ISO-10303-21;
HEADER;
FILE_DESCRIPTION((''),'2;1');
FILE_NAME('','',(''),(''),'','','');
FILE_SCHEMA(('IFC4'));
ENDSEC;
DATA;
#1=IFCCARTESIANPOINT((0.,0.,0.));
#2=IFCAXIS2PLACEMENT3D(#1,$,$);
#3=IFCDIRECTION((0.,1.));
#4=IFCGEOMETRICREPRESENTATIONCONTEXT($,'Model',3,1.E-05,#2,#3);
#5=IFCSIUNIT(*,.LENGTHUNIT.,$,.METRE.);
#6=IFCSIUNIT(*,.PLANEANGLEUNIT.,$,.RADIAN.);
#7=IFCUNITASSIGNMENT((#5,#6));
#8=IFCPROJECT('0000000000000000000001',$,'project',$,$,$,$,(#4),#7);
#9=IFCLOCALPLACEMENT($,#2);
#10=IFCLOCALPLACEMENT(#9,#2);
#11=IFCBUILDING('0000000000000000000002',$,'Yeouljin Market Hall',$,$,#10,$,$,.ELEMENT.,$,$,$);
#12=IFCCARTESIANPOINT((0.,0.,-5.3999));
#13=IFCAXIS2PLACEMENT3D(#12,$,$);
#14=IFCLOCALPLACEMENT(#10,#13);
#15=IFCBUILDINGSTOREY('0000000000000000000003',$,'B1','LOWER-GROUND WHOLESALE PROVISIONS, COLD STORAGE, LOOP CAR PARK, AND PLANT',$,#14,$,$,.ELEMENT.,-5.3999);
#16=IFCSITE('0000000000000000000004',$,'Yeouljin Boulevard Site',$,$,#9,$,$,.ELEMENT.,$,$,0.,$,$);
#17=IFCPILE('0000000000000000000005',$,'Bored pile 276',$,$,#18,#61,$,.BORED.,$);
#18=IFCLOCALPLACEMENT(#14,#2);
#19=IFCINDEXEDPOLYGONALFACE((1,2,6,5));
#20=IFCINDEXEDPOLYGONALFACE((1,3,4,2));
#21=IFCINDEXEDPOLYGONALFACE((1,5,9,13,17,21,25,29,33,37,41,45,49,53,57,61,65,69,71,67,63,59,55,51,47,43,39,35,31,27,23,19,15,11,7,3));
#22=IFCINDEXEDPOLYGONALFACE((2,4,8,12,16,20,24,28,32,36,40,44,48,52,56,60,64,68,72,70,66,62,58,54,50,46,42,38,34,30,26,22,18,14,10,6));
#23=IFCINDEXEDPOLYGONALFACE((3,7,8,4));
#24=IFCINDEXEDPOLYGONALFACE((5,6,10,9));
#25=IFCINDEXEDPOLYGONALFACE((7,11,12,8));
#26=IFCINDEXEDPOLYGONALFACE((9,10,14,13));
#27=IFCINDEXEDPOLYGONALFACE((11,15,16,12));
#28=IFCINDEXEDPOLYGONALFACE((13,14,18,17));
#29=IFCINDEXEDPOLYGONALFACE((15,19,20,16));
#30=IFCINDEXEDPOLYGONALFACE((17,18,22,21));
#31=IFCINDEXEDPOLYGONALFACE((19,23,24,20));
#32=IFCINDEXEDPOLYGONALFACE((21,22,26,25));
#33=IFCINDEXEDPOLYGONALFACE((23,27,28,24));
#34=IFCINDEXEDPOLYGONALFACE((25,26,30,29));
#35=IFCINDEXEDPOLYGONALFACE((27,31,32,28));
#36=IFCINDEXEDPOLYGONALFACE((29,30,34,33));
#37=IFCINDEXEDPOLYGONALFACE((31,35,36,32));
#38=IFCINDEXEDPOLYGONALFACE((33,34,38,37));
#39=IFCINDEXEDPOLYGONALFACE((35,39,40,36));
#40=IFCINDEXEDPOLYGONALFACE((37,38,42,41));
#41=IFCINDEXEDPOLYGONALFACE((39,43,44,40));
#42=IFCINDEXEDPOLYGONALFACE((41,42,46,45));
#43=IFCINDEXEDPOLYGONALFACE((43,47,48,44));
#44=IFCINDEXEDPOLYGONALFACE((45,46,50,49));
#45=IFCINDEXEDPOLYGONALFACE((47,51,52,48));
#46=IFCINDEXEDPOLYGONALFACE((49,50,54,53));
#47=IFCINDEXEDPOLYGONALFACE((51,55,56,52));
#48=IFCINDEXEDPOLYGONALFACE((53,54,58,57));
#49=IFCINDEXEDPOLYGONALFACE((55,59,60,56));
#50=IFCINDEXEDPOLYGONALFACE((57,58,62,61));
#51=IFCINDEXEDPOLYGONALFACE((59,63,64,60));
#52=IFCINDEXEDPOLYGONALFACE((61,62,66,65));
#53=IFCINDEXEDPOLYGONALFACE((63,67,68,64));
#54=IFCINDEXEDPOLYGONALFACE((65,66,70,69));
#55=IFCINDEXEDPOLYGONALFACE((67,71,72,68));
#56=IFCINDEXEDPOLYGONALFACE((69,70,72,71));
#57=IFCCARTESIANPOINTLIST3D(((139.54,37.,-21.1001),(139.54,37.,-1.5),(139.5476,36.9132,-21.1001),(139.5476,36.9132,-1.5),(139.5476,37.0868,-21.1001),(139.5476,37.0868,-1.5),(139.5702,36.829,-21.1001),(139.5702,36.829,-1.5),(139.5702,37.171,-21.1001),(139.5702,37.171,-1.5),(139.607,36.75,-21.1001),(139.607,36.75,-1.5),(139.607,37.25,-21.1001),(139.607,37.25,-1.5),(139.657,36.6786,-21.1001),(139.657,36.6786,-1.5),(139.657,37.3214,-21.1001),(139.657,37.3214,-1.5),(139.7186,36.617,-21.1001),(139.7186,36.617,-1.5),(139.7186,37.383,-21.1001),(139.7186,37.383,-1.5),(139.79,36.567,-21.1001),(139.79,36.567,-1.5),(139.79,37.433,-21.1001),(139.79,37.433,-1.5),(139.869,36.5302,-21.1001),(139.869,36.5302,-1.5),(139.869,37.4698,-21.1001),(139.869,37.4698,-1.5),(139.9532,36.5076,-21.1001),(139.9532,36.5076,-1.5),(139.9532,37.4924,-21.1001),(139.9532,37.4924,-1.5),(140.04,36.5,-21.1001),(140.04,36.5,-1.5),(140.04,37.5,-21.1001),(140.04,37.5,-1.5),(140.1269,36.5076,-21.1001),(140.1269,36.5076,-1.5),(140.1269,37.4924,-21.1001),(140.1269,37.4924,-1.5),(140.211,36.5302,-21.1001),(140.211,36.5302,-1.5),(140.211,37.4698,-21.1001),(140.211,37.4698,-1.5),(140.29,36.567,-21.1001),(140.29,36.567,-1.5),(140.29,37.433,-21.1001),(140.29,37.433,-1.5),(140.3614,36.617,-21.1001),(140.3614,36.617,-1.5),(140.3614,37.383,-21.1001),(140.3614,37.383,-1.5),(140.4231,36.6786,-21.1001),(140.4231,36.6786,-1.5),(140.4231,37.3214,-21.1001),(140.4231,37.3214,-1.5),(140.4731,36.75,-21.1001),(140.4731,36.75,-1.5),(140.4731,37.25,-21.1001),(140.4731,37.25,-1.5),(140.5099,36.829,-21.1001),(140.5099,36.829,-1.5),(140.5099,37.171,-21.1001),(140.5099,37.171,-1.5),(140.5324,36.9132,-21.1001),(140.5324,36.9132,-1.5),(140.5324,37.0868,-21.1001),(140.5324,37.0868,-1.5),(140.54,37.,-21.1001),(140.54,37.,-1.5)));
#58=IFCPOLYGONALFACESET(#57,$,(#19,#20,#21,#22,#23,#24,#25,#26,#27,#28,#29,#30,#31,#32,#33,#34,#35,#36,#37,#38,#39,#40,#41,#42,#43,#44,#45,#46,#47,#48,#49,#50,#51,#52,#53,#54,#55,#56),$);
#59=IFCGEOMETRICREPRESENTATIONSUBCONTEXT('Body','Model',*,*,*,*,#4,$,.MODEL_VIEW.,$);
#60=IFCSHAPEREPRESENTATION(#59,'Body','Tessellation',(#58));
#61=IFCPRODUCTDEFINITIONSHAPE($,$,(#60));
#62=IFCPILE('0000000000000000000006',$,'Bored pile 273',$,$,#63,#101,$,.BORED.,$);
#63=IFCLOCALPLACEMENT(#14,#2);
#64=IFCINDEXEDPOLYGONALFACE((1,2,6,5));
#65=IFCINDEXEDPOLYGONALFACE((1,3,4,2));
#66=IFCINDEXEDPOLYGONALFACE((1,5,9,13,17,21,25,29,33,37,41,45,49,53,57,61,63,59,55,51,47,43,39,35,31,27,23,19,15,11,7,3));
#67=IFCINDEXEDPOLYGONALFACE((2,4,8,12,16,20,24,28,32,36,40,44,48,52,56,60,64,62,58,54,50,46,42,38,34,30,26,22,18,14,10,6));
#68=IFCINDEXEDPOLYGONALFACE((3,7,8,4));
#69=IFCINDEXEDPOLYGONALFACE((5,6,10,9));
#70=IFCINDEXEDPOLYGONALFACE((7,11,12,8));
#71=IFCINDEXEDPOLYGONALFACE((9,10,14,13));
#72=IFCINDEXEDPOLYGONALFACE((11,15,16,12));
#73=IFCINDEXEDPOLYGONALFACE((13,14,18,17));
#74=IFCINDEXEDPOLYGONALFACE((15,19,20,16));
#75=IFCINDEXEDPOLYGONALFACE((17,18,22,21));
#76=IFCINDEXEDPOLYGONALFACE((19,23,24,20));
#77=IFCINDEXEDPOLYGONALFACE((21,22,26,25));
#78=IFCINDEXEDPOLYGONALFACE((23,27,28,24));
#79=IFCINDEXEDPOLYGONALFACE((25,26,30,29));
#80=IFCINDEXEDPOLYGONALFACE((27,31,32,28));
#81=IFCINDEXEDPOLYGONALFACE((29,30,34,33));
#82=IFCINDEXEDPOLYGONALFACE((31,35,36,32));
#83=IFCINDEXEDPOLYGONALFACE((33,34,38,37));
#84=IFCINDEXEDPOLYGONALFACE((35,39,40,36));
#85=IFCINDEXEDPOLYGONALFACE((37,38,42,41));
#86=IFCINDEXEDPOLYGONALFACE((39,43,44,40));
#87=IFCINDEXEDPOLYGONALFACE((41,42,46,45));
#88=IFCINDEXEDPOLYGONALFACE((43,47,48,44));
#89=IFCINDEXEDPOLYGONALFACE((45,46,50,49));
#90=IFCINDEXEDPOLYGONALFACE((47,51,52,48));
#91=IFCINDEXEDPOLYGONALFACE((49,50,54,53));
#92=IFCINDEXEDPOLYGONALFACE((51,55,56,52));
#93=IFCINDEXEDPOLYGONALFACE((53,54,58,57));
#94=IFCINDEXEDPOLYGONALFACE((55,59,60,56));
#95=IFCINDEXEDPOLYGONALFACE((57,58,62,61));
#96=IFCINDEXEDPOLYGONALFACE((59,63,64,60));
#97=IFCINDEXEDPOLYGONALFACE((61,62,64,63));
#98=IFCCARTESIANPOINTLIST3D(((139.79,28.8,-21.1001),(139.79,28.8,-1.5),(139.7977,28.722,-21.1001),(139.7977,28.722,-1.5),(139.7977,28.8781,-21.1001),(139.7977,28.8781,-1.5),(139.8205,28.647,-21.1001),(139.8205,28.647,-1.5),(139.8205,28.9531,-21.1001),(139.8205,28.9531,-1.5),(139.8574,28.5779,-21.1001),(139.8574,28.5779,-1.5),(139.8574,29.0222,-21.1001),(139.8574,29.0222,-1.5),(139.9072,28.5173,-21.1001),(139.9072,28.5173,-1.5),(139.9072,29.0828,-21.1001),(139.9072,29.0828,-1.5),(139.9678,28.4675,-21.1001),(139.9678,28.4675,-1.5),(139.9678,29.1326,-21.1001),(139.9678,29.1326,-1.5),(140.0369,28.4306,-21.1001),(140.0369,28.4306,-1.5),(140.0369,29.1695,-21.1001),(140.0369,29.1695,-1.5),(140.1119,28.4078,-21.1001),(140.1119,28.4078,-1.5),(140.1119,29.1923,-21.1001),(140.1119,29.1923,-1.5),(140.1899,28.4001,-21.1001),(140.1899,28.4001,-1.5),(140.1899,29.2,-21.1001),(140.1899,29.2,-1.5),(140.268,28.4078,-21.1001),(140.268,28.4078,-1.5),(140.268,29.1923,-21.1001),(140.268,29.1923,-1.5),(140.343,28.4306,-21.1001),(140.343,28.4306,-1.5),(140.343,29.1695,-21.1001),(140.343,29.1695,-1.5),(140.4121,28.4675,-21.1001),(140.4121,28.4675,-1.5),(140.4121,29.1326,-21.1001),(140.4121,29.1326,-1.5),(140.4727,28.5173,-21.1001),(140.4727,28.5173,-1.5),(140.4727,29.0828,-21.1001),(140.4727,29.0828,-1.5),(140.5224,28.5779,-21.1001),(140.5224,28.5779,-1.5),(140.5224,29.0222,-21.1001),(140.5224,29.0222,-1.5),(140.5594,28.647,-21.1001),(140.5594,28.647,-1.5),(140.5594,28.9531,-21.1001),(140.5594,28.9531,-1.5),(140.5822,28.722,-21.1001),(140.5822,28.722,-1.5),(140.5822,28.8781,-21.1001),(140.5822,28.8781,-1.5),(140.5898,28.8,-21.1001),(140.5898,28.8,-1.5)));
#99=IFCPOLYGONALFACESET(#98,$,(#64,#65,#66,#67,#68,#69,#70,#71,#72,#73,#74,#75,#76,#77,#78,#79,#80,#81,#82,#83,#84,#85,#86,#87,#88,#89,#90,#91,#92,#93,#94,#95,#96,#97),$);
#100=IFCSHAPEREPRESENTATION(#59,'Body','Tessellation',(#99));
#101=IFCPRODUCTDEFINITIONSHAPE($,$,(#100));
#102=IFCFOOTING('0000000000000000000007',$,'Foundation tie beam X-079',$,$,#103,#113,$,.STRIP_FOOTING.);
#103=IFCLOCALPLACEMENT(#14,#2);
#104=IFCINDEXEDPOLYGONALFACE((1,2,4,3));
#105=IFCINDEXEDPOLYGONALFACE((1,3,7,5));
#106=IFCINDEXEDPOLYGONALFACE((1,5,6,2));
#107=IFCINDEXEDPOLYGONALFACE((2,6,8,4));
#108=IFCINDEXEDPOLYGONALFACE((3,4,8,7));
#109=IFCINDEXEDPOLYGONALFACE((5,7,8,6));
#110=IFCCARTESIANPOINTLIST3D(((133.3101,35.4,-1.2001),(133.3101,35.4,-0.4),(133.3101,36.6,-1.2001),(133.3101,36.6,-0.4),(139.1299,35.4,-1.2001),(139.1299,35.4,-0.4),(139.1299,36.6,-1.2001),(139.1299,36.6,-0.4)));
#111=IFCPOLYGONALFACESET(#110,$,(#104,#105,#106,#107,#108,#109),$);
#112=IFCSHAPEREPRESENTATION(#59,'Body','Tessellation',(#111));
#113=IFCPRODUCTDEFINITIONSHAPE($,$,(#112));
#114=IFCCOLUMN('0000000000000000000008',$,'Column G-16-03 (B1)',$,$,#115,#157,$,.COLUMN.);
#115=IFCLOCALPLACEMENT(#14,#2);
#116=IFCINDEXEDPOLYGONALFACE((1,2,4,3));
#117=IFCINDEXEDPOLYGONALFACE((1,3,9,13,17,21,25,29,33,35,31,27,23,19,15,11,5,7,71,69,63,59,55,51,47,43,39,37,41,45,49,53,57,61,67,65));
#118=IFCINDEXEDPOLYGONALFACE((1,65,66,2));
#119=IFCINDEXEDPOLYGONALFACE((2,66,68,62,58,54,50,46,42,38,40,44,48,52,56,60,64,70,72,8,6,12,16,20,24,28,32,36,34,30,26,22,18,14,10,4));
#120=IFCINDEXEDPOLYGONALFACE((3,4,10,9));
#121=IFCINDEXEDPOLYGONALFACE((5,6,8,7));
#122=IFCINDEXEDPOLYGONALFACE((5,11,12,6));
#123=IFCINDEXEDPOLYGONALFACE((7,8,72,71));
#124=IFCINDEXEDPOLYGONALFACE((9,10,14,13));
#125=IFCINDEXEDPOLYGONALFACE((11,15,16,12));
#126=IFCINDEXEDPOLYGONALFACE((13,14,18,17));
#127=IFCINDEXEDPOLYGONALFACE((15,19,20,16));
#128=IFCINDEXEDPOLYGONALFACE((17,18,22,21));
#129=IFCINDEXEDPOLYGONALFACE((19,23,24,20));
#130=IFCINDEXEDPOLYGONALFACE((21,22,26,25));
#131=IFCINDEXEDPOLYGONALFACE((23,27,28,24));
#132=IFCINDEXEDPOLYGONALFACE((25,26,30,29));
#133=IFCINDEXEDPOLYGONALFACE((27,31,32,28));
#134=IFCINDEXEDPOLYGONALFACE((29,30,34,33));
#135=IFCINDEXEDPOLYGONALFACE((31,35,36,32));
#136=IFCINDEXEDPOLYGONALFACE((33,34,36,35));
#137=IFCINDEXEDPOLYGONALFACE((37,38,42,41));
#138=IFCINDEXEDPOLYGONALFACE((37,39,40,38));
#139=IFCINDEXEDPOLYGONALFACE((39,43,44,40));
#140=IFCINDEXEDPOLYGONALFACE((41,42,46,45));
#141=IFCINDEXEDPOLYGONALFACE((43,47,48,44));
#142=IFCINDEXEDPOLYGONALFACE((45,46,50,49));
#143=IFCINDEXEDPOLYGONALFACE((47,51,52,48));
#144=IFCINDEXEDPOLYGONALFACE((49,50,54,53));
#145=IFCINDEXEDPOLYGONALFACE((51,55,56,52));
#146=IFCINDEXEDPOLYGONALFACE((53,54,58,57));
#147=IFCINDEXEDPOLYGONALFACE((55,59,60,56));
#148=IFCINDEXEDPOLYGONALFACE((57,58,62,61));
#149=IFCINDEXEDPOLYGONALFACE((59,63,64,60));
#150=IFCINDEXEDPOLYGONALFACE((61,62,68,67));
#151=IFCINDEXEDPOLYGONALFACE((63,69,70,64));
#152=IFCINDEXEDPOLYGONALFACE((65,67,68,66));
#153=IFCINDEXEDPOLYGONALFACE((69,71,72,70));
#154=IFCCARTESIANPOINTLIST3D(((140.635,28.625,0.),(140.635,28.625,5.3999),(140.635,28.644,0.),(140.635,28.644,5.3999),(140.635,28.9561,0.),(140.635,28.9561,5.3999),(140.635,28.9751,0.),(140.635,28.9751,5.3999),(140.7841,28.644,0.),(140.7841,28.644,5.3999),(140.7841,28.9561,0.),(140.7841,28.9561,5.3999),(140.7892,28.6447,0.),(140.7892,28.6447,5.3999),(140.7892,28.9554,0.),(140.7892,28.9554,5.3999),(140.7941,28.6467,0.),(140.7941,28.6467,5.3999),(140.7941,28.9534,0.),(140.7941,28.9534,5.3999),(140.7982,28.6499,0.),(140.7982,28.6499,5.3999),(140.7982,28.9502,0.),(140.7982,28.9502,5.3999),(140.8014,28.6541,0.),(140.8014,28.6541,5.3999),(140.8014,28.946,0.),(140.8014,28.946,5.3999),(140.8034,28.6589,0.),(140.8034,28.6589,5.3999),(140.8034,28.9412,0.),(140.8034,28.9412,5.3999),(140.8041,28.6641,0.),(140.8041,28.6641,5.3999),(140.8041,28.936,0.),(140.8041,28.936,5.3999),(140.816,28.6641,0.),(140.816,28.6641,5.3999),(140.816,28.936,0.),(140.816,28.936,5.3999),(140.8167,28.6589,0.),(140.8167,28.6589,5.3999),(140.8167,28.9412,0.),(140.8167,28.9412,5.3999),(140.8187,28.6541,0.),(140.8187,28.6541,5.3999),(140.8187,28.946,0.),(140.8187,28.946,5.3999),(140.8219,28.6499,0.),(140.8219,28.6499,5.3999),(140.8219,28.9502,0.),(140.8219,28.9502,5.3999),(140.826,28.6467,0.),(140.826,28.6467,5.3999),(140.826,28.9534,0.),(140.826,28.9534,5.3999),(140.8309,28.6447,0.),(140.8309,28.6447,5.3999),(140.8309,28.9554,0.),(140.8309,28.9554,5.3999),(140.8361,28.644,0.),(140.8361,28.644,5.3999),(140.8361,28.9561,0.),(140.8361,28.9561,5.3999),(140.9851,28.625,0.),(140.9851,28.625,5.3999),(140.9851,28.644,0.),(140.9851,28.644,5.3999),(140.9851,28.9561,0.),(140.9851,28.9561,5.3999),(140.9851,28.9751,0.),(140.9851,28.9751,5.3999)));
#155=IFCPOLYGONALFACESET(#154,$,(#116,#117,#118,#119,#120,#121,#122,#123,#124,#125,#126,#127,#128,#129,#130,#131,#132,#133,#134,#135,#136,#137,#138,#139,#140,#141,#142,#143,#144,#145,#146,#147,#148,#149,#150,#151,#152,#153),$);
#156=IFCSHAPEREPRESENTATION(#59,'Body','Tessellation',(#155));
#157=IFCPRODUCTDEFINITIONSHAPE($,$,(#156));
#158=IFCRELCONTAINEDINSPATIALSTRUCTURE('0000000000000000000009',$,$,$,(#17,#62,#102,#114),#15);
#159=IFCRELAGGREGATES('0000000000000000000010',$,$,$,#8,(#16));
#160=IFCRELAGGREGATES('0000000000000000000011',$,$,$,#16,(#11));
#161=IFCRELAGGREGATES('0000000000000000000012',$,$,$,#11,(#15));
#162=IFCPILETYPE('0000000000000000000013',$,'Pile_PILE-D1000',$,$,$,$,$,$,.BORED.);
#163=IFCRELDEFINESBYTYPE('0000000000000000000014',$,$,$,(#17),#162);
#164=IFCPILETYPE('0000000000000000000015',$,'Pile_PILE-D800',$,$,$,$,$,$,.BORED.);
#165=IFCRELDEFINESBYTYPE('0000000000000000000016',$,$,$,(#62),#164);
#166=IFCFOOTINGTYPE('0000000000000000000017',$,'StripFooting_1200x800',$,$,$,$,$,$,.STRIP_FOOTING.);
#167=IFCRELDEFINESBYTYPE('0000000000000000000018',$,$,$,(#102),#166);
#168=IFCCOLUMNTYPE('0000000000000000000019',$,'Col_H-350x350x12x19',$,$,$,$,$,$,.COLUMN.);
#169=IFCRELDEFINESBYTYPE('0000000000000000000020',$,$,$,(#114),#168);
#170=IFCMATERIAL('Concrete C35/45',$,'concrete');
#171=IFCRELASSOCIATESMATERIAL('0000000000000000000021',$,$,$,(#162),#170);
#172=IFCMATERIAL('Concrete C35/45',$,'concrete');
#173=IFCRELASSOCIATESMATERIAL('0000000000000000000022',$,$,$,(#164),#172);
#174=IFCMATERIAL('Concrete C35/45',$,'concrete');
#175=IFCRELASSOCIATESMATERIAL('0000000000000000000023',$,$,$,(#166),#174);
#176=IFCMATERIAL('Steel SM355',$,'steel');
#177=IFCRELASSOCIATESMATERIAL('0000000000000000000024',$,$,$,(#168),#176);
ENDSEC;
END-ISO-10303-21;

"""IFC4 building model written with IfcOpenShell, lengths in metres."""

from ifc_helpers import new_model, si_unit, direction, frame, origin, origin_2d, place, context, subcontext, project, spatial, rectangle, circle, i_section, extrude, material, material_profile, profile_set, type_object, element, save


model = new_model("IFC4")

# Units and contexts
model_context = context("Model", 3, precision=1e-05, world=origin(), true_north=direction((0.0, 1.0)))
body_context = subcontext(model_context, "Body", "Model", "MODEL_VIEW")
ifc_project = project(units=[si_unit("LENGTHUNIT", "METRE"), si_unit("PLANEANGLEUNIT", "RADIAN")], contexts=[model_context])

# Site, building, storey
site_placement = place(None, origin())
site = spatial("IfcSite", under=ifc_project, at=site_placement, Name="Yeouljin Boulevard Site", CompositionType="ELEMENT", RefElevation=0.0)
building_placement = place(site_placement, origin())
building = spatial("IfcBuilding", under=site, at=building_placement, Name="Yeouljin Market Hall", CompositionType="ELEMENT")
storey_placement = place(building_placement, frame((0.0, 0.0, -5.3999)))
storey = spatial("IfcBuildingStorey", under=building, at=storey_placement, Name="B1", Description="LOWER-GROUND WHOLESALE PROVISIONS, COLD STORAGE, LOOP CAR PARK, AND PLANT", CompositionType="ELEMENT", Elevation=-5.3999)

# Piles
ifc_material_1 = material(Name="Concrete C35/45", Category="concrete")
ifc_material_profile_1 = material_profile(ifc_material_1, circle(Radius=0.5, at=origin_2d()), Name="PILE-D1000")
ifc_profile_set_1 = profile_set([ifc_material_profile_1], Name="Concrete C35/45")
pile_type_1 = type_object("IfcPileType", Name="Pile_PILE-D1000", PredefinedType="BORED", material=ifc_profile_set_1)
for number, where, z_axis, x_axis, name in (
    (1, (140.04, 37.0, -1.5), (0.0, 0.0, -1.0), (1.0, 0.0, 0.0), "Bored pile 276"),
):
    element("IfcPile", number, at=place(storey_placement, frame(where, z_axis=z_axis, x_axis=x_axis)), inside=storey, type_object=pile_type_1, Name=name, PredefinedType="BORED", context=body_context, shape_type="SweptSolid", body=[
        extrude(circle(Radius=0.5, at=origin_2d()), origin(), (0.0, 0.0, 1.0), 19.6001),
    ])
ifc_material_2 = material(Name="Concrete C35/45", Category="concrete")
ifc_material_profile_2 = material_profile(ifc_material_2, circle(Radius=0.3999, at=origin_2d()), Name="PILE-D800")
ifc_profile_set_2 = profile_set([ifc_material_profile_2], Name="Concrete C35/45")
pile_type_2 = type_object("IfcPileType", Name="Pile_PILE-D800", PredefinedType="BORED", material=ifc_profile_set_2)
pile_placement = place(storey_placement, frame((140.1899, 28.8, -1.5), z_axis=(0.0, 0.0, -1.0), x_axis=(1.0, 0.0, 0.0)))
element("IfcPile", 2, at=pile_placement, inside=storey, type_object=pile_type_2, Name="Bored pile 273", PredefinedType="BORED", context=body_context, shape_type="SweptSolid", body=[
    extrude(circle(Radius=0.3999, at=origin_2d()), origin(), (0.0, 0.0, 1.0), 19.6001),
])

# Footing
ifc_material_3 = material(Name="Concrete C35/45", Category="concrete")
ifc_material_profile_3 = material_profile(ifc_material_3, rectangle(XDim=1.2, YDim=0.8, at=origin_2d()), Name="SF-1200x800")
ifc_profile_set_3 = profile_set([ifc_material_profile_3], Name="Concrete C35/45")
footing_type_1 = type_object("IfcFootingType", Name="StripFooting_1200x800", PredefinedType="STRIP_FOOTING", material=ifc_profile_set_3)
footing_1_placement = place(storey_placement, frame((133.3101, 36.0, -0.8), z_axis=(1.0, 0.0, 0.0), x_axis=(0.0, 1.0, 0.0)))
element("IfcFooting", 3, at=footing_1_placement, inside=storey, type_object=footing_type_1, Name="Foundation tie beam X-079", PredefinedType="STRIP_FOOTING", context=body_context, shape_type="SweptSolid", body=[
    extrude(rectangle(XDim=1.2, YDim=0.8, at=origin_2d()), origin(), (0.0, 0.0, 1.0), 5.8198),
])

# Column
ifc_material_4 = material(Name="Steel SM355", Category="steel")
ifc_material_profile_4 = material_profile(ifc_material_4, i_section(OverallWidth=0.3501, OverallDepth=0.3501, WebThickness=0.012, FlangeThickness=0.019, FilletRadius=0.02, at=origin_2d()), Name="H-350x350x12x19")
ifc_profile_set_4 = profile_set([ifc_material_profile_4], Name="Steel SM355")
column_type_1 = type_object("IfcColumnType", Name="Col_H-350x350x12x19", PredefinedType="COLUMN", material=ifc_profile_set_4)
for number, where, z_axis, x_axis, name in (
    (4, (140.8101, 28.8, 0.0), (0.0, 0.0, 1.0), (1.0, 0.0, 0.0), "Column G-16-03 (B1)"),
):
    element("IfcColumn", number, at=place(storey_placement, frame(where, z_axis=z_axis, x_axis=x_axis)), inside=storey, type_object=column_type_1, Name=name, PredefinedType="COLUMN", context=body_context, shape_type="SweptSolid", body=[
        extrude(i_section(OverallWidth=0.3501, OverallDepth=0.3501, WebThickness=0.012, FlangeThickness=0.019, FilletRadius=0.02, at=origin_2d()), origin(), (0.0, 0.0, 1.0), 5.3999),
    ])

save(model, "model.ifc")
